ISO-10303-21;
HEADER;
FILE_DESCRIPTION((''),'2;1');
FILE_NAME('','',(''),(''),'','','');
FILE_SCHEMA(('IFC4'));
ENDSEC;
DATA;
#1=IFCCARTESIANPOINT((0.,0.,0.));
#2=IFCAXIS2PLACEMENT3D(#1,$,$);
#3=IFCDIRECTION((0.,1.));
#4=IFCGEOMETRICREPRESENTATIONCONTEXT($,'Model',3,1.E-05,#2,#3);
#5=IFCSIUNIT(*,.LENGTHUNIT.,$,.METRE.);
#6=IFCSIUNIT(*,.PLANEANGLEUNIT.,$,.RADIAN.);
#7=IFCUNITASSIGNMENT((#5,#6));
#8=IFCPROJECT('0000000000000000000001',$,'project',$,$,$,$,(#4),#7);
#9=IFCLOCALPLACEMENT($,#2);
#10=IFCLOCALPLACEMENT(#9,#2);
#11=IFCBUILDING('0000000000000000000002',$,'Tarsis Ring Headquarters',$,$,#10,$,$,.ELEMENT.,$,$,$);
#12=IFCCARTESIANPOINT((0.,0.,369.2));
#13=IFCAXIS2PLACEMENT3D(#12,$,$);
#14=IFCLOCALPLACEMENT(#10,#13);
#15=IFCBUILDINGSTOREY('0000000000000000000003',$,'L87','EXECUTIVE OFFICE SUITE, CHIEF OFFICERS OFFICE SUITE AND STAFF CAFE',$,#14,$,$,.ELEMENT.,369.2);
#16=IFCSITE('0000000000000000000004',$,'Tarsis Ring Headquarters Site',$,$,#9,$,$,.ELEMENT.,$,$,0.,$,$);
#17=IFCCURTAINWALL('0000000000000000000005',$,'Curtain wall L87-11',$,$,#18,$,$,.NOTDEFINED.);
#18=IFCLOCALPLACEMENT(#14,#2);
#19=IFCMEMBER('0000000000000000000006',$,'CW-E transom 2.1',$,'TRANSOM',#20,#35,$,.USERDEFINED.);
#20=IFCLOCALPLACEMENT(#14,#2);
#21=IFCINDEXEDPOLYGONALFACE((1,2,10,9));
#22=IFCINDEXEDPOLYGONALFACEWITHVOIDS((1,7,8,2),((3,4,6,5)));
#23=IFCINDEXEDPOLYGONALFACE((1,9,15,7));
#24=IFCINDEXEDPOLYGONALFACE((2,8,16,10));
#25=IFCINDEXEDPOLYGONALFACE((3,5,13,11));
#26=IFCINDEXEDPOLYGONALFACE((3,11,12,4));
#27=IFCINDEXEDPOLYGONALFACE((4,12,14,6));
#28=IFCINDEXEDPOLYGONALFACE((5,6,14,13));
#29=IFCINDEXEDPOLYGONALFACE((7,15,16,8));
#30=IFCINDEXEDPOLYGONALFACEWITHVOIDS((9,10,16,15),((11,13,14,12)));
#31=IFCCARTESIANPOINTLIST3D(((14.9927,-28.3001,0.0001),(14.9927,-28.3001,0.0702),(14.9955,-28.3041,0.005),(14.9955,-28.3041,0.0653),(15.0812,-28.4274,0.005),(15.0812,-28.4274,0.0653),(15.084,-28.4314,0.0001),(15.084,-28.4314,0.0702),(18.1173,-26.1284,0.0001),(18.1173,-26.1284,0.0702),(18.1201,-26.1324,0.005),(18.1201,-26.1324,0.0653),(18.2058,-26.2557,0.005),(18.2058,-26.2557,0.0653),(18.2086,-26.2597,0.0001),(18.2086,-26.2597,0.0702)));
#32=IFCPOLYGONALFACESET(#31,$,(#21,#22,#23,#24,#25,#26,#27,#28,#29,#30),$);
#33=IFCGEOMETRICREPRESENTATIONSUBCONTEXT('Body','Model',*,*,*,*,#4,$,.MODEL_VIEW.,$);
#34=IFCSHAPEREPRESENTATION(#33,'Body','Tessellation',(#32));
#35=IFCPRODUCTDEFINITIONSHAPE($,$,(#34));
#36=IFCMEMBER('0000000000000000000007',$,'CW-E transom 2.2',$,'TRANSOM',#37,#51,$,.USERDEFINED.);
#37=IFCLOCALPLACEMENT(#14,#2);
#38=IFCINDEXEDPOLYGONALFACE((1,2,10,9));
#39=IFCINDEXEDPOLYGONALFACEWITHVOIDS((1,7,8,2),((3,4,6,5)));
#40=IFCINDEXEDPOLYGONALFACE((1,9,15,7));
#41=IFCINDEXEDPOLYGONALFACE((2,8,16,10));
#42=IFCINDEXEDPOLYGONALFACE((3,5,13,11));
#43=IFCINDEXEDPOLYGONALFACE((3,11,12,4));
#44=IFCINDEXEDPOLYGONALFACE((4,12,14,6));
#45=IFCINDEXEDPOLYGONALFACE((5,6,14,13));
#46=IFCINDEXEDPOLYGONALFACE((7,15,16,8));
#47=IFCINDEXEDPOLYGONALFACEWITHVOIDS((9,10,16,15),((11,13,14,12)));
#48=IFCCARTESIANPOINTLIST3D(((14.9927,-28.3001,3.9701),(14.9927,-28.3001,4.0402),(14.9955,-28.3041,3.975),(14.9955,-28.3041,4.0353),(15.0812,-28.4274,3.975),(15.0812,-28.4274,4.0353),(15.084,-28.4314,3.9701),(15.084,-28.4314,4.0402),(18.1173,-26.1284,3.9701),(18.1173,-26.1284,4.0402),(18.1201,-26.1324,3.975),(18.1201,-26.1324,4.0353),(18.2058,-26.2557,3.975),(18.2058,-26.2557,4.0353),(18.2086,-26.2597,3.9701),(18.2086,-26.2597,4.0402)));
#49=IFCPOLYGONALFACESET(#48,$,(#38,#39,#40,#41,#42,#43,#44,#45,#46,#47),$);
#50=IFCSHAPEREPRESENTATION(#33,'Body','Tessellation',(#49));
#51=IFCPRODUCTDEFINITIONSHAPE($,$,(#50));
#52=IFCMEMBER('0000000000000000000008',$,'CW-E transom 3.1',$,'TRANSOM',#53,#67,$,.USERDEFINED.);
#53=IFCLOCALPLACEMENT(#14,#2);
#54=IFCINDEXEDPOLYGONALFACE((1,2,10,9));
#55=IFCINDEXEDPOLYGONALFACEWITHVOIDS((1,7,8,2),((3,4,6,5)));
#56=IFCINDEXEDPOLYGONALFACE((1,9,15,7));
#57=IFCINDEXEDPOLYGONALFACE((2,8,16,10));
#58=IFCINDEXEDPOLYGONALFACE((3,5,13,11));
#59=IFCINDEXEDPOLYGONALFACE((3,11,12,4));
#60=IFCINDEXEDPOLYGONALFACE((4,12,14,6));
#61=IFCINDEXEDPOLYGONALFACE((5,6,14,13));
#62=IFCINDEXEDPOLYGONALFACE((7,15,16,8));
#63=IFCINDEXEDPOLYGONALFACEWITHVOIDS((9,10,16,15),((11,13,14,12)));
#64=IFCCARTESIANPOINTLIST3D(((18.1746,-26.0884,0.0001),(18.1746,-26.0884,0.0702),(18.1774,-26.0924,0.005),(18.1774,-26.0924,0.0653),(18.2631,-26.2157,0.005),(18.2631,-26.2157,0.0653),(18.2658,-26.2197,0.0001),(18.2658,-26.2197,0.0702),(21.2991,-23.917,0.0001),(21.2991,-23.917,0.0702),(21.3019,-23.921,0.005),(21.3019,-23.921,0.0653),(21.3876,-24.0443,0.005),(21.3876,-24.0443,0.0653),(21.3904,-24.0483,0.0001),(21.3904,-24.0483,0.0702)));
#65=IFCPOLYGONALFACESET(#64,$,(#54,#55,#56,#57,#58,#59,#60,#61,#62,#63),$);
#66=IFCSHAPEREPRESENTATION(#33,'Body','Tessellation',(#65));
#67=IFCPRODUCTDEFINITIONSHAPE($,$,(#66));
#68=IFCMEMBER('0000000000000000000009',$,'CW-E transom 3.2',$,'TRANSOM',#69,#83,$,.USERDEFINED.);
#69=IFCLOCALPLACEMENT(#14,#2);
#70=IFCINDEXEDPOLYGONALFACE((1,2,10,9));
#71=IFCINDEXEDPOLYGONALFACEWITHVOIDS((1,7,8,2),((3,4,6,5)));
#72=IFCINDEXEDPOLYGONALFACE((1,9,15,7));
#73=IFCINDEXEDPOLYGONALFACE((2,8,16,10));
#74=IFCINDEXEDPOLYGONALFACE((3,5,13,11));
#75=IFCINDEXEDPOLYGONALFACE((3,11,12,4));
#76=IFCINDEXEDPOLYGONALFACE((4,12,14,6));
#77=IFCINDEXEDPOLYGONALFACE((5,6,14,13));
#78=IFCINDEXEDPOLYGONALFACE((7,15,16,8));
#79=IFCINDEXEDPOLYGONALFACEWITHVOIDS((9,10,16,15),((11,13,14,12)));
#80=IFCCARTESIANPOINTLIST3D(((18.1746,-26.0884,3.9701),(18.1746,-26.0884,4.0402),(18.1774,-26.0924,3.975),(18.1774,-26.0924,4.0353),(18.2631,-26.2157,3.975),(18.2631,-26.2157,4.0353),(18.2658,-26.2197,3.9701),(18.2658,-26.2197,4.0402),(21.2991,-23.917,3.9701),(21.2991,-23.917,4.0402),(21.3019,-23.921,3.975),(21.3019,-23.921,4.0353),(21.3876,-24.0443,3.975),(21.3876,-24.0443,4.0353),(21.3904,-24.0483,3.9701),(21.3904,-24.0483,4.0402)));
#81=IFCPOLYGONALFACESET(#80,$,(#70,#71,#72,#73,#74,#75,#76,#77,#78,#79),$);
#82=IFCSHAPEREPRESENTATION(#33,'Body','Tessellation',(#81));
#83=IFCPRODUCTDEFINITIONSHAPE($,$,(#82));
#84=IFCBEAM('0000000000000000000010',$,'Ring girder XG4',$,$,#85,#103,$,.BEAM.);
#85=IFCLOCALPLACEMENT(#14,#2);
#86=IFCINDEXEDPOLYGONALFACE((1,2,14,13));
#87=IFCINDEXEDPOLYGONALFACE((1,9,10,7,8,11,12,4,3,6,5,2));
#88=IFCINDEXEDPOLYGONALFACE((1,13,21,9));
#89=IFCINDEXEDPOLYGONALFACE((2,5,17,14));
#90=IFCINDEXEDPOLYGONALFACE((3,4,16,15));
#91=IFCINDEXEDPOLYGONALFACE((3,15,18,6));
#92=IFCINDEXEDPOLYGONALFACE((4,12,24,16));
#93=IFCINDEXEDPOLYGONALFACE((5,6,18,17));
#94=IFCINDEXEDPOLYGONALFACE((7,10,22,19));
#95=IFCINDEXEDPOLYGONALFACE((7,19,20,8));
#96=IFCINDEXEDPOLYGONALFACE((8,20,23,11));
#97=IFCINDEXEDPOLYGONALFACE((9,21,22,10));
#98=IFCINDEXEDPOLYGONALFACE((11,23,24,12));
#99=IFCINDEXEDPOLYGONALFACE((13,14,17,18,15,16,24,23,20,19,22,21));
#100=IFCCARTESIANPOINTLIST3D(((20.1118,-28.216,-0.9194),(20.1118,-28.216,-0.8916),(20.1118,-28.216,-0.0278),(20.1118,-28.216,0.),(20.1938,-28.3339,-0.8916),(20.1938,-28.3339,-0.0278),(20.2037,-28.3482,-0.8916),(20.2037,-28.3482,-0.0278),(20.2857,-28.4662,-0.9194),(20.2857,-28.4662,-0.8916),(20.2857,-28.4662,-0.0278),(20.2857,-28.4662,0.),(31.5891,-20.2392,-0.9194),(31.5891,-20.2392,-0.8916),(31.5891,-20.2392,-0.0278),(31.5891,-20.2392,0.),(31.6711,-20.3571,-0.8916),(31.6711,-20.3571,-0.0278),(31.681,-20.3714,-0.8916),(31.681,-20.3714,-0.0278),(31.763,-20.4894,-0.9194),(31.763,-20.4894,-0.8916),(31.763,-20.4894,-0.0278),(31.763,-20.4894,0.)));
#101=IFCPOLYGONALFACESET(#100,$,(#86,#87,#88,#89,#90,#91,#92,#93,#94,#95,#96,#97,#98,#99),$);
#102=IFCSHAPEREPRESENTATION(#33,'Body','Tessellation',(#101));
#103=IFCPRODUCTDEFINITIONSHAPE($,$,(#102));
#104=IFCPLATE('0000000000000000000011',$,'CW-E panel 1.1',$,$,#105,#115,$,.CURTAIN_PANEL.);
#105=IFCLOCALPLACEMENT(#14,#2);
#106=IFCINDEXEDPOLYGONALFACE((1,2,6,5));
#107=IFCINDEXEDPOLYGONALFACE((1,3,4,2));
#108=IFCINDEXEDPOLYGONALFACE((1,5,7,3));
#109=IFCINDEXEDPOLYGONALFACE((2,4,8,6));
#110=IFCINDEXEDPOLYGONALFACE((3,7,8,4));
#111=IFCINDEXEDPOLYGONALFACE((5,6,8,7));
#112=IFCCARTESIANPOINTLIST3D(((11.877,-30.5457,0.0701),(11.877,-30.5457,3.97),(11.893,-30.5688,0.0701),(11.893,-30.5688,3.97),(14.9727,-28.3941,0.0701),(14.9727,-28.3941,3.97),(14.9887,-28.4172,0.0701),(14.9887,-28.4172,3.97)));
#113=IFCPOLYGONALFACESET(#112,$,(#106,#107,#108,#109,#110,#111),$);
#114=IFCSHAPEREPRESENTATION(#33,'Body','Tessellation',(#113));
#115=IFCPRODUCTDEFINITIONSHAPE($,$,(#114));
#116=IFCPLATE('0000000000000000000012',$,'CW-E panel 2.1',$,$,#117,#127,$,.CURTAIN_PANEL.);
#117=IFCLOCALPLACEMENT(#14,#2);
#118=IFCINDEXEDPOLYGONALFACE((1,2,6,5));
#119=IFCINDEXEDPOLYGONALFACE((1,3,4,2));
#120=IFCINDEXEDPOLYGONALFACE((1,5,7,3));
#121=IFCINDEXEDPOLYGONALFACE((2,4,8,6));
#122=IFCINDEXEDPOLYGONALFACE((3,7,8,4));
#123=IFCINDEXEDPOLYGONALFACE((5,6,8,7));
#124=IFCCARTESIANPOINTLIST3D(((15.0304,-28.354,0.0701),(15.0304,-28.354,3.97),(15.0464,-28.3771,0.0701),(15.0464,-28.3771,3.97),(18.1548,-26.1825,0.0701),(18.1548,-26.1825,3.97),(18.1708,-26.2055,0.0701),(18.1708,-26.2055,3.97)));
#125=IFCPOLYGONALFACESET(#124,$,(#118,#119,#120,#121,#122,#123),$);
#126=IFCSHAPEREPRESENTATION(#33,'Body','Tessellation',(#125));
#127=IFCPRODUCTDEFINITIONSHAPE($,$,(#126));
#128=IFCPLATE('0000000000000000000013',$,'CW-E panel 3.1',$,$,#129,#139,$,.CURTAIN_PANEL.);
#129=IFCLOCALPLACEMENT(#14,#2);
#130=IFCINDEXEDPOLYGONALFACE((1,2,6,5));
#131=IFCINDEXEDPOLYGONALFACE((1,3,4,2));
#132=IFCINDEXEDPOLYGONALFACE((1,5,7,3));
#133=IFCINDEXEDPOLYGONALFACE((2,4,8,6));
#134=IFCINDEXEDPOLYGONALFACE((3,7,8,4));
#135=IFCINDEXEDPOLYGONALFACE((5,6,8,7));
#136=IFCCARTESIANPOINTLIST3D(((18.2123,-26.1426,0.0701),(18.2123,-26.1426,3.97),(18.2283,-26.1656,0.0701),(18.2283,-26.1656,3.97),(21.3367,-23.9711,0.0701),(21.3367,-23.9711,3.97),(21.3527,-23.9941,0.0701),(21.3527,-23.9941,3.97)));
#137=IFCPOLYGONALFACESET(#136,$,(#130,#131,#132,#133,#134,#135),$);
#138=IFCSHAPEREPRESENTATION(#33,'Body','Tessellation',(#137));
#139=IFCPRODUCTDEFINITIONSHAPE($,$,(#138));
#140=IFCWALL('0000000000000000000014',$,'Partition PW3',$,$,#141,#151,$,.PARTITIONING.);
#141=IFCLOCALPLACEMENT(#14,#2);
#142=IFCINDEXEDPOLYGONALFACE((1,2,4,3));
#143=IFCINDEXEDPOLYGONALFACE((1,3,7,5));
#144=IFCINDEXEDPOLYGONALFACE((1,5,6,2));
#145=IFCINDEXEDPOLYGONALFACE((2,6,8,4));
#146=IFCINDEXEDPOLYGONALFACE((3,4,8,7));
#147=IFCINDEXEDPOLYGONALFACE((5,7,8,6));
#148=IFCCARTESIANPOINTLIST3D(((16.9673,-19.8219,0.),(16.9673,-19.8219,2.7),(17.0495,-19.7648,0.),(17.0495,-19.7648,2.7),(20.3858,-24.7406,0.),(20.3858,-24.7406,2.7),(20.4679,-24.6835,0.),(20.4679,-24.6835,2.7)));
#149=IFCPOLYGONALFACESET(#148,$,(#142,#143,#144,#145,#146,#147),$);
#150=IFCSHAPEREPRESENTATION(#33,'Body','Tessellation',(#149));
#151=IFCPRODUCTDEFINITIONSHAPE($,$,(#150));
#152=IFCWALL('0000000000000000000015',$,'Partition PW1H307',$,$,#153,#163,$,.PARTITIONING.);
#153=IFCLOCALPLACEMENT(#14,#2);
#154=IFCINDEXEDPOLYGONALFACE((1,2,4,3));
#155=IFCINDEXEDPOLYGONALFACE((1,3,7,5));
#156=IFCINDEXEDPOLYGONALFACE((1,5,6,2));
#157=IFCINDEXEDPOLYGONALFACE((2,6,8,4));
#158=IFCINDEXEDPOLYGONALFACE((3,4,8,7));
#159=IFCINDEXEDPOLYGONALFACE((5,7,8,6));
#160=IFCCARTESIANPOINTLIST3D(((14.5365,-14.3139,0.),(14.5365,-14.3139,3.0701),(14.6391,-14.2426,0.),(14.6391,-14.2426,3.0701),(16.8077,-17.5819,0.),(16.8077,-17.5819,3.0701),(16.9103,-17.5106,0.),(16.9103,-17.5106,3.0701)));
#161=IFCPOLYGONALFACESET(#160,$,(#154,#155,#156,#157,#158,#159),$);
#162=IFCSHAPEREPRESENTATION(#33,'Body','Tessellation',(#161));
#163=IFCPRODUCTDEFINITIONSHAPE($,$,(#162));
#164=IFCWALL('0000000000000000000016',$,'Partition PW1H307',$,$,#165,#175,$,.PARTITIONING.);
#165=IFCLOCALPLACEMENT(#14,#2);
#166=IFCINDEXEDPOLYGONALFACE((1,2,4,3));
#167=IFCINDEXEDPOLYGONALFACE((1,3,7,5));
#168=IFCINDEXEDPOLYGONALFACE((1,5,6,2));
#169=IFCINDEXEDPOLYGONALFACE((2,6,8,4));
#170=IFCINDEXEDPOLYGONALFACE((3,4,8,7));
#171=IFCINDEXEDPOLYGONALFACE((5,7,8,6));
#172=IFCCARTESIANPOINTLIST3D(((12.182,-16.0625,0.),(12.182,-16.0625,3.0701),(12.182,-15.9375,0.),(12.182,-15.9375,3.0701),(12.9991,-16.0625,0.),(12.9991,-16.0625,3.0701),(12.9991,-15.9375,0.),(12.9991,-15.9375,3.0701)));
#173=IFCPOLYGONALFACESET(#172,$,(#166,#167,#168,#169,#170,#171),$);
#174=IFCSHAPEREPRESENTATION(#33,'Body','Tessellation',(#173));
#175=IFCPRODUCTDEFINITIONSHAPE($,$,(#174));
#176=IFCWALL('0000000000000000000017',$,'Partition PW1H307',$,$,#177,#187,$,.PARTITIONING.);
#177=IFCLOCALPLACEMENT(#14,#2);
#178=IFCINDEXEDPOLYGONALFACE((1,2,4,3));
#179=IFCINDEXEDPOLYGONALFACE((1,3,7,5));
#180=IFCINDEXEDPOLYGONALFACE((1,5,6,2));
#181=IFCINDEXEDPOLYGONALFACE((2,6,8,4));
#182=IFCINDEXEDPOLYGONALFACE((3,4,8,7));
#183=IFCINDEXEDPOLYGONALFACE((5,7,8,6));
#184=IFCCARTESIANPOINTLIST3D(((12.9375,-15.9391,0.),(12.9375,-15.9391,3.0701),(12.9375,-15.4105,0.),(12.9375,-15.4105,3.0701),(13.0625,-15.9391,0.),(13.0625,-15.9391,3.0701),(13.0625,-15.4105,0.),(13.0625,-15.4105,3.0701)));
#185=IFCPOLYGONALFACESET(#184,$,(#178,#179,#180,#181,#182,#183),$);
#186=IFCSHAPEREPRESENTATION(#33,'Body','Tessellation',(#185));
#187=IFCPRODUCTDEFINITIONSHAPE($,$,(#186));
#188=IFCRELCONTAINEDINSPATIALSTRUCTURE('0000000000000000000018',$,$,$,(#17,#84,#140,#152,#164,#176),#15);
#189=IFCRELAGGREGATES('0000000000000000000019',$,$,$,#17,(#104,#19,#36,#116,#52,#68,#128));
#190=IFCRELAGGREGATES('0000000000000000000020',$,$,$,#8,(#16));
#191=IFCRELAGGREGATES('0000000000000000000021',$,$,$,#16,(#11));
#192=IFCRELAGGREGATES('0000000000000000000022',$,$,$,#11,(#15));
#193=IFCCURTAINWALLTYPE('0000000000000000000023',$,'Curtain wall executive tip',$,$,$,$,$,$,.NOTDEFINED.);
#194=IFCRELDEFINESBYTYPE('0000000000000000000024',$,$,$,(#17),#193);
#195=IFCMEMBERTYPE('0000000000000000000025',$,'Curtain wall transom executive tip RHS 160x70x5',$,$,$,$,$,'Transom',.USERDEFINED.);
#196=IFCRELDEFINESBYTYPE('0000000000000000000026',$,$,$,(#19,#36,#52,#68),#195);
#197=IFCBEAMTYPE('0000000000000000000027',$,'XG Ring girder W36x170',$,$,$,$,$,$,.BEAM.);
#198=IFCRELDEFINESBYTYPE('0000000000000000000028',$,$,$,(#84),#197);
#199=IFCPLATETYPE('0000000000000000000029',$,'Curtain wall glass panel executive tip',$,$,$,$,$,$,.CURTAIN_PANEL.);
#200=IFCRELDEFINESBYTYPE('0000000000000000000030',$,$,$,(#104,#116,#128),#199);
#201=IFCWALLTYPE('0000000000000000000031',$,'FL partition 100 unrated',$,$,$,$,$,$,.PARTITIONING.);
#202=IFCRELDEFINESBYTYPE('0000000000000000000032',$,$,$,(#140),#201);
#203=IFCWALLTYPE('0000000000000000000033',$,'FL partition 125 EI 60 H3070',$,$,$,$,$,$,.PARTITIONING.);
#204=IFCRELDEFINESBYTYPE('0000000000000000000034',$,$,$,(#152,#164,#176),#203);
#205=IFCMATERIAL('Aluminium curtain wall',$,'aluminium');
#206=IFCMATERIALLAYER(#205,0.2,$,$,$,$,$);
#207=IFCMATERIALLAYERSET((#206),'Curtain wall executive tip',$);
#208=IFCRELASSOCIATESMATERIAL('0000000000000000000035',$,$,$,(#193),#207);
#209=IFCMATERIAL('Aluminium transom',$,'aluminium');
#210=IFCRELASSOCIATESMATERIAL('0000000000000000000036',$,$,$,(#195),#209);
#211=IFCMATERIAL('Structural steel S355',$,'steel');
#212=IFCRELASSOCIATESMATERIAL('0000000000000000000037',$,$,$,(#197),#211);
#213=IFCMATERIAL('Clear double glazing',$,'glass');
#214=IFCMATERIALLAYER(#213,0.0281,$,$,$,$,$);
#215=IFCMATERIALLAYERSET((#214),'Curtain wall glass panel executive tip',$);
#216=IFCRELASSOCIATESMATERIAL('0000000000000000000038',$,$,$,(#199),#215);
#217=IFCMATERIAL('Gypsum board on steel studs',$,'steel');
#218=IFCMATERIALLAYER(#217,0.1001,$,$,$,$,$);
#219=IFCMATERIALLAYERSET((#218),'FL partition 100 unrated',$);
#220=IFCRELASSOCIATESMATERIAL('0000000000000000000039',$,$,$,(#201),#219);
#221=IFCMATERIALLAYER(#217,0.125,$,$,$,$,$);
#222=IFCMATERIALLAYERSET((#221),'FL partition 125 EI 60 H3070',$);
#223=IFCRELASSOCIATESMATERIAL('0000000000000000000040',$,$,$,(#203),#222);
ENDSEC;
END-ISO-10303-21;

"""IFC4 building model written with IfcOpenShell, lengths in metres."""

from ifc_helpers import new_model, si_unit, direction, frame, frame_2d, origin, origin_2d, place, context, subcontext, project, spatial, rectangle, hollow_rectangle, i_section, extrude, material, layer, layer_set, material_profile, profile_set, type_object, element, aggregate, save


model = new_model("IFC4")

# Units and contexts
model_context = context("Model", 3, precision=1e-05, world=origin(), true_north=direction((0.0, 1.0)))
body_context = subcontext(model_context, "Body", "Model", "MODEL_VIEW")
ifc_project = project(units=[si_unit("LENGTHUNIT", "METRE"), si_unit("PLANEANGLEUNIT", "RADIAN")], contexts=[model_context])

# Site, building, storey
site_placement = place(None, origin())
site = spatial("IfcSite", under=ifc_project, at=site_placement, Name="Tarsis Ring Headquarters Site", CompositionType="ELEMENT", RefElevation=0.0)
building_placement = place(site_placement, origin())
building = spatial("IfcBuilding", under=site, at=building_placement, Name="Tarsis Ring Headquarters", CompositionType="ELEMENT")
storey_placement = place(building_placement, frame((0.0, 0.0, 369.2)))
storey = spatial("IfcBuildingStorey", under=building, at=storey_placement, Name="L87", Description="EXECUTIVE OFFICE SUITE, CHIEF OFFICERS OFFICE SUITE AND STAFF CAFE", CompositionType="ELEMENT", Elevation=369.2)

# Shared definitions
ifc_material_1 = material(Name="Structural steel S355", Category="steel")

# Curtain wall, members
ifc_material_2 = material(Name="Aluminium curtain wall", Category="aluminium")
ifc_layer_1 = layer(ifc_material_2, 0.2)
ifc_layer_set_1 = layer_set([ifc_layer_1], Name="Curtain wall executive tip")
curtain_wall_type = type_object("IfcCurtainWallType", Name="Curtain wall executive tip", PredefinedType="NOTDEFINED", material=ifc_layer_set_1)
curtain_wall_placement = place(storey_placement, origin())
curtain_wall = element("IfcCurtainWall", 1, at=curtain_wall_placement, inside=storey, type_object=curtain_wall_type, Name="Curtain wall L87-11", PredefinedType="NOTDEFINED")
ifc_material_3 = material(Name="Aluminium transom", Category="aluminium")
ifc_material_profile_1 = material_profile(ifc_material_3, hollow_rectangle(XDim=0.1599, YDim=0.0701, WallThickness=0.0049, at=origin_2d()), Name="RHS 160x70x5")
ifc_profile_set_1 = profile_set([ifc_material_profile_1], Name="Aluminium transom")
member_type_1 = type_object("IfcMemberType", Name="Curtain wall transom executive tip RHS 160x70x5", ElementType="Transom", PredefinedType="USERDEFINED", material=ifc_profile_set_1)
member_1_placement = place(storey_placement, frame((15.0383, -28.3657, 0.0352), z_axis=(0.821144, 0.57072, 0.0), x_axis=(-0.57072, 0.821144, 0.0)))
member_1 = element("IfcMember", 2, at=member_1_placement, type_object=member_type_1, Name="CW-E transom 2.1", ObjectType="TRANSOM", PredefinedType="USERDEFINED", context=body_context, shape_type="SweptSolid", body=[
    extrude(hollow_rectangle(XDim=0.1599, YDim=0.0701, WallThickness=0.0049, at=origin_2d()), origin(), (0.0, 0.0, 1.0), 3.8052),
])
member_2_placement = place(storey_placement, frame((15.0383, -28.3657, 4.0051), z_axis=(0.821144, 0.57072, 0.0), x_axis=(-0.57072, 0.821144, 0.0)))
member_2 = element("IfcMember", 3, at=member_2_placement, type_object=member_type_1, Name="CW-E transom 2.2", ObjectType="TRANSOM", PredefinedType="USERDEFINED", context=body_context, shape_type="SweptSolid", body=[
    extrude(hollow_rectangle(XDim=0.1599, YDim=0.0701, WallThickness=0.0049, at=origin_2d()), origin(), (0.0, 0.0, 1.0), 3.8052),
])
member_3_placement = place(storey_placement, frame((18.2202, -26.1541, 0.0352), z_axis=(0.821175, 0.570677, 0.0), x_axis=(-0.570677, 0.821175, 0.0)))
member_3 = element("IfcMember", 4, at=member_3_placement, type_object=member_type_1, Name="CW-E transom 3.1", ObjectType="TRANSOM", PredefinedType="USERDEFINED", context=body_context, shape_type="SweptSolid", body=[
    extrude(hollow_rectangle(XDim=0.1599, YDim=0.0701, WallThickness=0.0049, at=origin_2d()), origin(), (0.0, 0.0, 1.0), 3.8049),
])
member_4_placement = place(storey_placement, frame((18.2202, -26.1541, 4.0051), z_axis=(0.821175, 0.570677, 0.0), x_axis=(-0.570677, 0.821175, 0.0)))
member_4 = element("IfcMember", 5, at=member_4_placement, type_object=member_type_1, Name="CW-E transom 3.2", ObjectType="TRANSOM", PredefinedType="USERDEFINED", context=body_context, shape_type="SweptSolid", body=[
    extrude(hollow_rectangle(XDim=0.1599, YDim=0.0701, WallThickness=0.0049, at=origin_2d()), origin(), (0.0, 0.0, 1.0), 3.8049),
])

# Beam
ifc_material_profile_2 = material_profile(ifc_material_1, i_section(OverallWidth=0.3047, OverallDepth=0.9194, WebThickness=0.0173, FlangeThickness=0.0278, at=origin_2d()), Name="W36x170")
ifc_profile_set_2 = profile_set([ifc_material_profile_2], Name="Structural steel S355")
beam_type = type_object("IfcBeamType", Name="XG Ring girder W36x170", PredefinedType="BEAM", material=ifc_profile_set_2)
beam_placement = place(storey_placement, frame((20.1987, -28.3411, -0.4597), z_axis=(0.821153, 0.570708, 0.0), x_axis=(-0.570708, 0.821153, 0.0)))
element("IfcBeam", 6, at=beam_placement, inside=storey, type_object=beam_type, Name="Ring girder XG4", PredefinedType="BEAM", context=body_context, shape_type="SweptSolid", body=[
    extrude(i_section(OverallWidth=0.3047, OverallDepth=0.9194, WebThickness=0.0173, FlangeThickness=0.0278, at=origin_2d()), origin(), (0.0, 0.0, 1.0), 13.9771),
])

# Plates
ifc_material_4 = material(Name="Clear double glazing", Category="glass")
ifc_layer_2 = layer(ifc_material_4, 0.0281)
ifc_layer_set_2 = layer_set([ifc_layer_2], Name="Curtain wall glass panel executive tip")
plate_type = type_object("IfcPlateType", Name="Curtain wall glass panel executive tip", PredefinedType="CURTAIN_PANEL", material=ifc_layer_set_2)
plate_1_placement = place(storey_placement, frame((13.4329, -29.4814, 0.0701), z_axis=(0.0, 0.0, 1.0), x_axis=(0.821149, 0.570714, 0.0)))
plate_1 = element("IfcPlate", 7, at=plate_1_placement, type_object=plate_type, Name="CW-E panel 1.1", PredefinedType="CURTAIN_PANEL", context=body_context, shape_type="SweptSolid", body=[
    extrude(rectangle(XDim=3.77, YDim=0.0281, at=origin_2d()), origin(), (0.0, 0.0, 1.0), 3.8999),
])
plate_2_placement = place(storey_placement, frame((16.6006, -27.2798, 0.0701), z_axis=(0.0, 0.0, 1.0), x_axis=(0.821149, 0.570714, 0.0)))
plate_2 = element("IfcPlate", 8, at=plate_2_placement, type_object=plate_type, Name="CW-E panel 2.1", PredefinedType="CURTAIN_PANEL", context=body_context, shape_type="SweptSolid", body=[
    extrude(rectangle(XDim=3.8049, YDim=0.0281, at=origin_2d()), origin(), (0.0, 0.0, 1.0), 3.8999),
])
plate_3_placement = place(storey_placement, frame((19.7825, -25.0684, 0.0701), z_axis=(0.0, 0.0, 1.0), x_axis=(0.821149, 0.570714, 0.0)))
plate_3 = element("IfcPlate", 9, at=plate_3_placement, type_object=plate_type, Name="CW-E panel 3.1", PredefinedType="CURTAIN_PANEL", context=body_context, shape_type="SweptSolid", body=[
    extrude(rectangle(XDim=3.8049, YDim=0.0281, at=origin_2d()), origin(), (0.0, 0.0, 1.0), 3.8999),
])
aggregate(curtain_wall, [plate_1, member_1, member_2, plate_2, member_3, member_4, plate_3])

# Walls
ifc_material_5 = material(Name="Gypsum board on steel studs", Category="steel")
ifc_layer_3 = layer(ifc_material_5, 0.1001)
ifc_layer_set_3 = layer_set([ifc_layer_3], Name="FL partition 100 unrated")
wall_type_1 = type_object("IfcWallType", Name="FL partition 100 unrated", PredefinedType="PARTITIONING", material=ifc_layer_set_3)
wall_1_placement = place(storey_placement, frame((17.0083, -19.7932, 0.0), z_axis=(0.0, 0.0, 1.0), x_axis=(0.570699, -0.821159, 0.0)))
element("IfcWall", 10, at=wall_1_placement, inside=storey, type_object=wall_type_1, Name="Partition PW3", PredefinedType="PARTITIONING", context=body_context, shape_type="SweptSolid", body=[
    extrude(rectangle(XDim=5.99, YDim=0.1001, at=frame_2d((2.9951, 0.0))), origin(), (0.0, 0.0, 1.0), 2.7),
])
ifc_layer_4 = layer(ifc_material_5, 0.125)
ifc_layer_set_4 = layer_set([ifc_layer_4], Name="FL partition 125 EI 60 H3070")
wall_type_2 = type_object("IfcWallType", Name="FL partition 125 EI 60 H3070", PredefinedType="PARTITIONING", material=ifc_layer_set_4)
wall_2_placement = place(storey_placement, frame((14.5879, -14.2783, 0.0), z_axis=(0.0, 0.0, 1.0), x_axis=(0.570692, -0.821164, 0.0)))
element("IfcWall", 11, at=wall_2_placement, inside=storey, type_object=wall_type_2, Name="Partition PW1H307", PredefinedType="PARTITIONING", context=body_context, shape_type="SweptSolid", body=[
    extrude(rectangle(XDim=3.9797, YDim=0.125, at=frame_2d((1.9897, 0.0))), origin(), (0.0, 0.0, 1.0), 3.0701),
])
wall_3_placement = place(storey_placement, frame((12.1819, -16.0, 0.0), z_axis=(0.0, 0.0, 1.0), x_axis=(1.0, 0.0, 0.0)))
element("IfcWall", 12, at=wall_3_placement, inside=storey, type_object=wall_type_2, Name="Partition PW1H307", PredefinedType="PARTITIONING", context=body_context, shape_type="SweptSolid", body=[
    extrude(rectangle(XDim=0.8171, YDim=0.125, at=frame_2d((0.4087, 0.0))), origin(), (0.0, 0.0, 1.0), 3.0701),
])
wall_4_placement = place(storey_placement, frame((13.0, -15.939, 0.0), z_axis=(0.0, 0.0, 1.0), x_axis=(0.0, 1.0, 0.0)))
element("IfcWall", 13, at=wall_4_placement, inside=storey, type_object=wall_type_2, Name="Partition PW1H307", PredefinedType="PARTITIONING", context=body_context, shape_type="SweptSolid", body=[
    extrude(rectangle(XDim=0.5286, YDim=0.125, at=frame_2d((0.2642, 0.0))), origin(), (0.0, 0.0, 1.0), 3.0701),
])

save(model, "model.ifc")
